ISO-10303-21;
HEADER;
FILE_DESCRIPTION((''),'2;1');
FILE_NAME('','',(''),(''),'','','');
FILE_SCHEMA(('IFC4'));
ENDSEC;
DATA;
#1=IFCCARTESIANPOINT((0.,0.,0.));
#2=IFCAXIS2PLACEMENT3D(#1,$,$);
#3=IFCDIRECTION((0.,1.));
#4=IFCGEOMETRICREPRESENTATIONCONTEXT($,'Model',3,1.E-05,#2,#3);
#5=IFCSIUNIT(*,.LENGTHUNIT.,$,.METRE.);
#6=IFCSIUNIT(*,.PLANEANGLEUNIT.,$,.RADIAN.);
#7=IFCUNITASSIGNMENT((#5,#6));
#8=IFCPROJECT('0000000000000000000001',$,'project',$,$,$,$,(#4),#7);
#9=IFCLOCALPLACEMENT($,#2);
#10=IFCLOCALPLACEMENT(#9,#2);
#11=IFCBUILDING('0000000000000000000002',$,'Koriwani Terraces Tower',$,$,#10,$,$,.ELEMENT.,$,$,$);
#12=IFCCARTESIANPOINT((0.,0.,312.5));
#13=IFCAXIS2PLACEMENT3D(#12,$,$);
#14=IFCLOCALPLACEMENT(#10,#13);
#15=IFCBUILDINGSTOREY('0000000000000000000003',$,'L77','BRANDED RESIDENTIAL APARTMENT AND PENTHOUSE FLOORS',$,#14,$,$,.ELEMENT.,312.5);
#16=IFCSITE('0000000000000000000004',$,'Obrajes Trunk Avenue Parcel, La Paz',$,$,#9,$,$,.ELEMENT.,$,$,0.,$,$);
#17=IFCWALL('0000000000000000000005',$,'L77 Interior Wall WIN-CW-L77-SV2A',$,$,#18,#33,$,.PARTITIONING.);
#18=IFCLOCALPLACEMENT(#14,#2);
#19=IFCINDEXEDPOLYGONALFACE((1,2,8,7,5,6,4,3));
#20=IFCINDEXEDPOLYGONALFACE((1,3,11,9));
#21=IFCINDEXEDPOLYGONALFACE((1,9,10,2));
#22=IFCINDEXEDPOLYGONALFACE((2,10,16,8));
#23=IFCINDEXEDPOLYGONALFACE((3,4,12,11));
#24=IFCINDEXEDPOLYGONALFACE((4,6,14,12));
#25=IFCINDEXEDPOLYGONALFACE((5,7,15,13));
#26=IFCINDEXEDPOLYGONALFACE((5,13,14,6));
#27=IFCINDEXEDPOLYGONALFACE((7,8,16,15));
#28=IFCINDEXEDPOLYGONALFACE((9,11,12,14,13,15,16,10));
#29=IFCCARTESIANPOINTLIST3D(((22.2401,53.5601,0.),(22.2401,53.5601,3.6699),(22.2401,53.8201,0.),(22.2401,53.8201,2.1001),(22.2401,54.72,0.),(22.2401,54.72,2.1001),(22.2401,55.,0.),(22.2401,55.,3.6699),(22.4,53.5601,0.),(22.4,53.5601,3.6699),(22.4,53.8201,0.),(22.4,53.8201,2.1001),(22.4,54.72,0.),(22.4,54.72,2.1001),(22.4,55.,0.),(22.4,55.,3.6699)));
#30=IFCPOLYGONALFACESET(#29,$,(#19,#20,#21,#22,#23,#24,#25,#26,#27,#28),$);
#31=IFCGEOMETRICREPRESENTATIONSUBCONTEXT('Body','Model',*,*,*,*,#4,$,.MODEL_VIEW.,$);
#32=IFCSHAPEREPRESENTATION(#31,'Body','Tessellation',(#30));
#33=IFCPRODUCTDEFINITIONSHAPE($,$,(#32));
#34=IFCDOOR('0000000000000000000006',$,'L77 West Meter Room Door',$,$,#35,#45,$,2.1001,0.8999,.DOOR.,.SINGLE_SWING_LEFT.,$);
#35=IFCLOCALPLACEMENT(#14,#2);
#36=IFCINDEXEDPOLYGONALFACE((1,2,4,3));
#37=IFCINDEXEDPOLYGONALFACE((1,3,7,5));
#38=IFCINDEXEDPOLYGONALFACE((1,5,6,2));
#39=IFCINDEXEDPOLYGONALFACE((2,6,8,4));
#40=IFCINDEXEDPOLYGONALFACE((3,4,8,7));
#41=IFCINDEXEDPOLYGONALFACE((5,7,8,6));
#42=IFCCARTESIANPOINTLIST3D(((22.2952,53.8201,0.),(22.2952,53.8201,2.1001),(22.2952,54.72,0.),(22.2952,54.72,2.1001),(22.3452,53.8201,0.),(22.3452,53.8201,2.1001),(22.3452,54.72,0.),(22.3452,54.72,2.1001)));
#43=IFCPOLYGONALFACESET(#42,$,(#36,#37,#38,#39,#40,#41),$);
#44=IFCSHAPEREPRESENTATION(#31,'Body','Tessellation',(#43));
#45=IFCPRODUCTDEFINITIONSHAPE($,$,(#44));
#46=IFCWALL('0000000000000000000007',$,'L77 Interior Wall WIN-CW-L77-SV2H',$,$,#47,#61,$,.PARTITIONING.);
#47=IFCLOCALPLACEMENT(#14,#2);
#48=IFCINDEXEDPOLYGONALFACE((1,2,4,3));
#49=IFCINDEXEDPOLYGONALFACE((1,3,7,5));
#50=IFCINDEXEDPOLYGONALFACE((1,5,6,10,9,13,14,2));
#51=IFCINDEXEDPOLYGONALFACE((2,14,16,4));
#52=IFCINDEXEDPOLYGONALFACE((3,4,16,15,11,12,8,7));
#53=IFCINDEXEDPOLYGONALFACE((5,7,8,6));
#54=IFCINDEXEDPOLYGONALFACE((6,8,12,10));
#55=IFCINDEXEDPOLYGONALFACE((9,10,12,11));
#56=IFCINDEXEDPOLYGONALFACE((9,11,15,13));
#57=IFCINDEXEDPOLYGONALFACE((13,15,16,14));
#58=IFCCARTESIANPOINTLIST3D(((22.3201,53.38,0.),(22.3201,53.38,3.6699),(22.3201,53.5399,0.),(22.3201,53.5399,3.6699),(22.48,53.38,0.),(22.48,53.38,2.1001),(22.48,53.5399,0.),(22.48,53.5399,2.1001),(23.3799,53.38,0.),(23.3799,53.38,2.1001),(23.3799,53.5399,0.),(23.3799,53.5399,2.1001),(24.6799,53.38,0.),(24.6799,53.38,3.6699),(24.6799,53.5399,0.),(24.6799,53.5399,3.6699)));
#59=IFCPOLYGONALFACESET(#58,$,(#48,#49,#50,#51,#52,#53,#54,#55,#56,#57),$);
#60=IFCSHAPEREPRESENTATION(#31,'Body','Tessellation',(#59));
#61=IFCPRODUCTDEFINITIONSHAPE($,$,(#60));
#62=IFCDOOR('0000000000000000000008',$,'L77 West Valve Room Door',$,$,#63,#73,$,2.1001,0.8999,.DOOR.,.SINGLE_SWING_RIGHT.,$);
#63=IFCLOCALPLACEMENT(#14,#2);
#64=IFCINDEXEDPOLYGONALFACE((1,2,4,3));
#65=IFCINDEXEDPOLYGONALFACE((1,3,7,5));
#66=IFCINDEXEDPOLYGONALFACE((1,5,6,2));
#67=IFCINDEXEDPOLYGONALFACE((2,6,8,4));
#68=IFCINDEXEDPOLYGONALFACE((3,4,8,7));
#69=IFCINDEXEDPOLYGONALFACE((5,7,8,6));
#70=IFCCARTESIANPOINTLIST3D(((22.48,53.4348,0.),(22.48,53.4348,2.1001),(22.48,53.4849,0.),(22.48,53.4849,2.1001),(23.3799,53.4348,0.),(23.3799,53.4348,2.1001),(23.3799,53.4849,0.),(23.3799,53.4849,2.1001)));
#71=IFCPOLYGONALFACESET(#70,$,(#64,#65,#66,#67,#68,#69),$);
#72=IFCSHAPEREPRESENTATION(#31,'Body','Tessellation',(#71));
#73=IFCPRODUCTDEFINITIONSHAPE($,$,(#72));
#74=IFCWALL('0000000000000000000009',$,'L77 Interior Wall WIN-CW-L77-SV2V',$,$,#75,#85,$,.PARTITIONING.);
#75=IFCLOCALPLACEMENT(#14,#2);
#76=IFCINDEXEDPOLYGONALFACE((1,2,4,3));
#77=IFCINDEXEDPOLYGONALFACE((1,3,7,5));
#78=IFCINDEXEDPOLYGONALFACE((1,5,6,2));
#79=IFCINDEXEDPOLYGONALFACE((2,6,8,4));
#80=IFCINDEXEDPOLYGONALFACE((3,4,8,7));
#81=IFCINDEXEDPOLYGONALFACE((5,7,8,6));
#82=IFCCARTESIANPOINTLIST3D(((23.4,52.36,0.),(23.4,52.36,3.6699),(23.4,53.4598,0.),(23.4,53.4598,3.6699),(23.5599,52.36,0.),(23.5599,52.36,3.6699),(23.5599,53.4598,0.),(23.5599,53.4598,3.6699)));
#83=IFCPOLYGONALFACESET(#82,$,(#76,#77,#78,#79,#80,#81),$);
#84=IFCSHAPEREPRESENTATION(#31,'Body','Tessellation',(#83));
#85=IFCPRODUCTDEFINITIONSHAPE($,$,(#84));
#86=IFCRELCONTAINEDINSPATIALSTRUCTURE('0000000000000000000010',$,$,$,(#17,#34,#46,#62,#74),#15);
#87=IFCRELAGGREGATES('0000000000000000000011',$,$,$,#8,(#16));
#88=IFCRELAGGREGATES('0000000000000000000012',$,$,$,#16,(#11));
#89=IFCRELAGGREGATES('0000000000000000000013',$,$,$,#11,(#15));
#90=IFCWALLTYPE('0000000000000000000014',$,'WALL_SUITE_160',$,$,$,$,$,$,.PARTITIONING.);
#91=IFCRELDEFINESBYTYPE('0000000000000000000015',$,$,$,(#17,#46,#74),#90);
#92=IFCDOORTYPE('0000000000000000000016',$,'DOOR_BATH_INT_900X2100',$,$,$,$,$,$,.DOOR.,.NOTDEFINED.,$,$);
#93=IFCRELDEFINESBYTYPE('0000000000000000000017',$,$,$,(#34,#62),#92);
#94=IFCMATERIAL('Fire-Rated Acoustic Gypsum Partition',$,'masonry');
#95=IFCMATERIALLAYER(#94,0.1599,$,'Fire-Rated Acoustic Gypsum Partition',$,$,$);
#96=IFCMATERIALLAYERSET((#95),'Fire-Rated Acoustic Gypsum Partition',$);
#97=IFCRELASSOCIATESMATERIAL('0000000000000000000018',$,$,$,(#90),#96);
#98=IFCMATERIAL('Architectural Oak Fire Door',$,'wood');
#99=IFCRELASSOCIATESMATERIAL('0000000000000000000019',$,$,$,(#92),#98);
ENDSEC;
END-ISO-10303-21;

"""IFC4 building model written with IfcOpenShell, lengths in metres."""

from ifc_helpers import new_model, si_unit, direction, frame, frame_2d, origin, place, context, subcontext, project, spatial, rectangle, extrude, material, layer, layer_set, type_object, element, fill, save


model = new_model("IFC4")

# Units and contexts
model_context = context("Model", 3, precision=1e-05, world=origin(), true_north=direction((0.0, 1.0)))
body_context = subcontext(model_context, "Body", "Model", "MODEL_VIEW")
ifc_project = project(units=[si_unit("LENGTHUNIT", "METRE"), si_unit("PLANEANGLEUNIT", "RADIAN")], contexts=[model_context])

# Site, building, storey
site_placement = place(None, origin())
site = spatial("IfcSite", under=ifc_project, at=site_placement, Name="Obrajes Trunk Avenue Parcel, La Paz", CompositionType="ELEMENT", RefElevation=0.0)
building_placement = place(site_placement, origin())
building = spatial("IfcBuilding", under=site, at=building_placement, Name="Koriwani Terraces Tower", CompositionType="ELEMENT")
storey_placement = place(building_placement, frame((0.0, 0.0, 312.5)))
storey = spatial("IfcBuildingStorey", under=building, at=storey_placement, Name="L77", Description="BRANDED RESIDENTIAL APARTMENT AND PENTHOUSE FLOORS", CompositionType="ELEMENT", Elevation=312.5)

# Walls, openings, doors
ifc_material_1 = material(Name="Fire-Rated Acoustic Gypsum Partition", Category="masonry")
ifc_layer_1 = layer(ifc_material_1, 0.1599, Name="Fire-Rated Acoustic Gypsum Partition")
ifc_layer_set_1 = layer_set([ifc_layer_1], Name="Fire-Rated Acoustic Gypsum Partition")
wall_type_1 = type_object("IfcWallType", Name="WALL_SUITE_160", PredefinedType="PARTITIONING", material=ifc_layer_set_1)
wall_1_placement = place(storey_placement, frame((22.3201, 53.5601, 0.0), z_axis=(0.0, 0.0, 1.0), x_axis=(0.0, 1.0, 0.0)))
wall_1 = element("IfcWall", 1, at=wall_1_placement, inside=storey, type_object=wall_type_1, Name="L77 Interior Wall WIN-CW-L77-SV2A", PredefinedType="PARTITIONING", context=body_context, shape_type="SweptSolid", body=[
    extrude(rectangle(XDim=1.4399, YDim=0.1599, at=frame_2d((0.72, 0.0))), origin(), (0.0, 0.0, 1.0), 3.6699),
])
opening_1_placement = place(wall_1_placement, frame((0.26, 0.0, 0.0)))
opening_1 = element("IfcOpeningElement", 2, at=opening_1_placement, cuts=wall_1, PredefinedType="OPENING", context=body_context, shape_type="SweptSolid", body=[
    extrude(rectangle(XDim=0.8999, YDim=2.1001, at=frame_2d((0.45, 1.05))), frame((0.0, 0.0898, 0.0), z_axis=(0.0, -1.0, 0.0), x_axis=(1.0, 0.0, 0.0)), (0.0, 0.0, 1.0), 0.1799),
])
ifc_material_2 = material(Name="Architectural Oak Fire Door", Category="wood")
door_type_1 = type_object("IfcDoorType", Name="DOOR_BATH_INT_900X2100", OperationType="NOTDEFINED", PredefinedType="DOOR", material=ifc_material_2)
door_1_placement = place(opening_1_placement, origin())
door_1 = element("IfcDoor", 3, at=door_1_placement, inside=storey, type_object=door_type_1, Name="L77 West Meter Room Door", OperationType="SINGLE_SWING_LEFT", OverallHeight=2.1001, OverallWidth=0.8999, PredefinedType="DOOR", context=body_context, shape_type="SweptSolid", body=[
    extrude(rectangle(XDim=0.8999, YDim=2.1001, at=frame_2d((0.45, 1.05))), frame((0.0, 0.0249, 0.0), z_axis=(0.0, -1.0, 0.0), x_axis=(1.0, 0.0, 0.0)), (0.0, 0.0, 1.0), 0.05),
])
fill(opening_1, door_1)
wall_2_placement = place(storey_placement, frame((22.3201, 53.46, 0.0), z_axis=(0.0, 0.0, 1.0), x_axis=(1.0, 0.0, 0.0)))
wall_2 = element("IfcWall", 4, at=wall_2_placement, inside=storey, type_object=wall_type_1, Name="L77 Interior Wall WIN-CW-L77-SV2H", PredefinedType="PARTITIONING", context=body_context, shape_type="SweptSolid", body=[
    extrude(rectangle(XDim=2.3599, YDim=0.1599, at=frame_2d((1.1799, 0.0))), origin(), (0.0, 0.0, 1.0), 3.6699),
])
opening_2_placement = place(wall_2_placement, frame((0.1599, 0.0, 0.0)))
opening_2 = element("IfcOpeningElement", 5, at=opening_2_placement, cuts=wall_2, PredefinedType="OPENING", context=body_context, shape_type="SweptSolid", body=[
    extrude(rectangle(XDim=0.8999, YDim=2.1001, at=frame_2d((0.45, 1.05))), frame((0.0, 0.0898, 0.0), z_axis=(0.0, -1.0, 0.0), x_axis=(1.0, 0.0, 0.0)), (0.0, 0.0, 1.0), 0.1799),
])
door_2_placement = place(opening_2_placement, origin())
door_2 = element("IfcDoor", 6, at=door_2_placement, inside=storey, type_object=door_type_1, Name="L77 West Valve Room Door", OperationType="SINGLE_SWING_RIGHT", OverallHeight=2.1001, OverallWidth=0.8999, PredefinedType="DOOR", context=body_context, shape_type="SweptSolid", body=[
    extrude(rectangle(XDim=0.8999, YDim=2.1001, at=frame_2d((0.45, 1.05))), frame((0.0, 0.0249, 0.0), z_axis=(0.0, -1.0, 0.0), x_axis=(1.0, 0.0, 0.0)), (0.0, 0.0, 1.0), 0.05),
])
fill(opening_2, door_2)

# Wall
wall_3_placement = place(storey_placement, frame((23.48, 52.3601, 0.0), z_axis=(0.0, 0.0, 1.0), x_axis=(0.0, 1.0, 0.0)))
element("IfcWall", 7, at=wall_3_placement, inside=storey, type_object=wall_type_1, Name="L77 Interior Wall WIN-CW-L77-SV2V", PredefinedType="PARTITIONING", context=body_context, shape_type="SweptSolid", body=[
    extrude(rectangle(XDim=1.0999, YDim=0.1599, at=frame_2d((0.5498, 0.0))), origin(), (0.0, 0.0, 1.0), 3.6699),
])

save(model, "model.ifc")
